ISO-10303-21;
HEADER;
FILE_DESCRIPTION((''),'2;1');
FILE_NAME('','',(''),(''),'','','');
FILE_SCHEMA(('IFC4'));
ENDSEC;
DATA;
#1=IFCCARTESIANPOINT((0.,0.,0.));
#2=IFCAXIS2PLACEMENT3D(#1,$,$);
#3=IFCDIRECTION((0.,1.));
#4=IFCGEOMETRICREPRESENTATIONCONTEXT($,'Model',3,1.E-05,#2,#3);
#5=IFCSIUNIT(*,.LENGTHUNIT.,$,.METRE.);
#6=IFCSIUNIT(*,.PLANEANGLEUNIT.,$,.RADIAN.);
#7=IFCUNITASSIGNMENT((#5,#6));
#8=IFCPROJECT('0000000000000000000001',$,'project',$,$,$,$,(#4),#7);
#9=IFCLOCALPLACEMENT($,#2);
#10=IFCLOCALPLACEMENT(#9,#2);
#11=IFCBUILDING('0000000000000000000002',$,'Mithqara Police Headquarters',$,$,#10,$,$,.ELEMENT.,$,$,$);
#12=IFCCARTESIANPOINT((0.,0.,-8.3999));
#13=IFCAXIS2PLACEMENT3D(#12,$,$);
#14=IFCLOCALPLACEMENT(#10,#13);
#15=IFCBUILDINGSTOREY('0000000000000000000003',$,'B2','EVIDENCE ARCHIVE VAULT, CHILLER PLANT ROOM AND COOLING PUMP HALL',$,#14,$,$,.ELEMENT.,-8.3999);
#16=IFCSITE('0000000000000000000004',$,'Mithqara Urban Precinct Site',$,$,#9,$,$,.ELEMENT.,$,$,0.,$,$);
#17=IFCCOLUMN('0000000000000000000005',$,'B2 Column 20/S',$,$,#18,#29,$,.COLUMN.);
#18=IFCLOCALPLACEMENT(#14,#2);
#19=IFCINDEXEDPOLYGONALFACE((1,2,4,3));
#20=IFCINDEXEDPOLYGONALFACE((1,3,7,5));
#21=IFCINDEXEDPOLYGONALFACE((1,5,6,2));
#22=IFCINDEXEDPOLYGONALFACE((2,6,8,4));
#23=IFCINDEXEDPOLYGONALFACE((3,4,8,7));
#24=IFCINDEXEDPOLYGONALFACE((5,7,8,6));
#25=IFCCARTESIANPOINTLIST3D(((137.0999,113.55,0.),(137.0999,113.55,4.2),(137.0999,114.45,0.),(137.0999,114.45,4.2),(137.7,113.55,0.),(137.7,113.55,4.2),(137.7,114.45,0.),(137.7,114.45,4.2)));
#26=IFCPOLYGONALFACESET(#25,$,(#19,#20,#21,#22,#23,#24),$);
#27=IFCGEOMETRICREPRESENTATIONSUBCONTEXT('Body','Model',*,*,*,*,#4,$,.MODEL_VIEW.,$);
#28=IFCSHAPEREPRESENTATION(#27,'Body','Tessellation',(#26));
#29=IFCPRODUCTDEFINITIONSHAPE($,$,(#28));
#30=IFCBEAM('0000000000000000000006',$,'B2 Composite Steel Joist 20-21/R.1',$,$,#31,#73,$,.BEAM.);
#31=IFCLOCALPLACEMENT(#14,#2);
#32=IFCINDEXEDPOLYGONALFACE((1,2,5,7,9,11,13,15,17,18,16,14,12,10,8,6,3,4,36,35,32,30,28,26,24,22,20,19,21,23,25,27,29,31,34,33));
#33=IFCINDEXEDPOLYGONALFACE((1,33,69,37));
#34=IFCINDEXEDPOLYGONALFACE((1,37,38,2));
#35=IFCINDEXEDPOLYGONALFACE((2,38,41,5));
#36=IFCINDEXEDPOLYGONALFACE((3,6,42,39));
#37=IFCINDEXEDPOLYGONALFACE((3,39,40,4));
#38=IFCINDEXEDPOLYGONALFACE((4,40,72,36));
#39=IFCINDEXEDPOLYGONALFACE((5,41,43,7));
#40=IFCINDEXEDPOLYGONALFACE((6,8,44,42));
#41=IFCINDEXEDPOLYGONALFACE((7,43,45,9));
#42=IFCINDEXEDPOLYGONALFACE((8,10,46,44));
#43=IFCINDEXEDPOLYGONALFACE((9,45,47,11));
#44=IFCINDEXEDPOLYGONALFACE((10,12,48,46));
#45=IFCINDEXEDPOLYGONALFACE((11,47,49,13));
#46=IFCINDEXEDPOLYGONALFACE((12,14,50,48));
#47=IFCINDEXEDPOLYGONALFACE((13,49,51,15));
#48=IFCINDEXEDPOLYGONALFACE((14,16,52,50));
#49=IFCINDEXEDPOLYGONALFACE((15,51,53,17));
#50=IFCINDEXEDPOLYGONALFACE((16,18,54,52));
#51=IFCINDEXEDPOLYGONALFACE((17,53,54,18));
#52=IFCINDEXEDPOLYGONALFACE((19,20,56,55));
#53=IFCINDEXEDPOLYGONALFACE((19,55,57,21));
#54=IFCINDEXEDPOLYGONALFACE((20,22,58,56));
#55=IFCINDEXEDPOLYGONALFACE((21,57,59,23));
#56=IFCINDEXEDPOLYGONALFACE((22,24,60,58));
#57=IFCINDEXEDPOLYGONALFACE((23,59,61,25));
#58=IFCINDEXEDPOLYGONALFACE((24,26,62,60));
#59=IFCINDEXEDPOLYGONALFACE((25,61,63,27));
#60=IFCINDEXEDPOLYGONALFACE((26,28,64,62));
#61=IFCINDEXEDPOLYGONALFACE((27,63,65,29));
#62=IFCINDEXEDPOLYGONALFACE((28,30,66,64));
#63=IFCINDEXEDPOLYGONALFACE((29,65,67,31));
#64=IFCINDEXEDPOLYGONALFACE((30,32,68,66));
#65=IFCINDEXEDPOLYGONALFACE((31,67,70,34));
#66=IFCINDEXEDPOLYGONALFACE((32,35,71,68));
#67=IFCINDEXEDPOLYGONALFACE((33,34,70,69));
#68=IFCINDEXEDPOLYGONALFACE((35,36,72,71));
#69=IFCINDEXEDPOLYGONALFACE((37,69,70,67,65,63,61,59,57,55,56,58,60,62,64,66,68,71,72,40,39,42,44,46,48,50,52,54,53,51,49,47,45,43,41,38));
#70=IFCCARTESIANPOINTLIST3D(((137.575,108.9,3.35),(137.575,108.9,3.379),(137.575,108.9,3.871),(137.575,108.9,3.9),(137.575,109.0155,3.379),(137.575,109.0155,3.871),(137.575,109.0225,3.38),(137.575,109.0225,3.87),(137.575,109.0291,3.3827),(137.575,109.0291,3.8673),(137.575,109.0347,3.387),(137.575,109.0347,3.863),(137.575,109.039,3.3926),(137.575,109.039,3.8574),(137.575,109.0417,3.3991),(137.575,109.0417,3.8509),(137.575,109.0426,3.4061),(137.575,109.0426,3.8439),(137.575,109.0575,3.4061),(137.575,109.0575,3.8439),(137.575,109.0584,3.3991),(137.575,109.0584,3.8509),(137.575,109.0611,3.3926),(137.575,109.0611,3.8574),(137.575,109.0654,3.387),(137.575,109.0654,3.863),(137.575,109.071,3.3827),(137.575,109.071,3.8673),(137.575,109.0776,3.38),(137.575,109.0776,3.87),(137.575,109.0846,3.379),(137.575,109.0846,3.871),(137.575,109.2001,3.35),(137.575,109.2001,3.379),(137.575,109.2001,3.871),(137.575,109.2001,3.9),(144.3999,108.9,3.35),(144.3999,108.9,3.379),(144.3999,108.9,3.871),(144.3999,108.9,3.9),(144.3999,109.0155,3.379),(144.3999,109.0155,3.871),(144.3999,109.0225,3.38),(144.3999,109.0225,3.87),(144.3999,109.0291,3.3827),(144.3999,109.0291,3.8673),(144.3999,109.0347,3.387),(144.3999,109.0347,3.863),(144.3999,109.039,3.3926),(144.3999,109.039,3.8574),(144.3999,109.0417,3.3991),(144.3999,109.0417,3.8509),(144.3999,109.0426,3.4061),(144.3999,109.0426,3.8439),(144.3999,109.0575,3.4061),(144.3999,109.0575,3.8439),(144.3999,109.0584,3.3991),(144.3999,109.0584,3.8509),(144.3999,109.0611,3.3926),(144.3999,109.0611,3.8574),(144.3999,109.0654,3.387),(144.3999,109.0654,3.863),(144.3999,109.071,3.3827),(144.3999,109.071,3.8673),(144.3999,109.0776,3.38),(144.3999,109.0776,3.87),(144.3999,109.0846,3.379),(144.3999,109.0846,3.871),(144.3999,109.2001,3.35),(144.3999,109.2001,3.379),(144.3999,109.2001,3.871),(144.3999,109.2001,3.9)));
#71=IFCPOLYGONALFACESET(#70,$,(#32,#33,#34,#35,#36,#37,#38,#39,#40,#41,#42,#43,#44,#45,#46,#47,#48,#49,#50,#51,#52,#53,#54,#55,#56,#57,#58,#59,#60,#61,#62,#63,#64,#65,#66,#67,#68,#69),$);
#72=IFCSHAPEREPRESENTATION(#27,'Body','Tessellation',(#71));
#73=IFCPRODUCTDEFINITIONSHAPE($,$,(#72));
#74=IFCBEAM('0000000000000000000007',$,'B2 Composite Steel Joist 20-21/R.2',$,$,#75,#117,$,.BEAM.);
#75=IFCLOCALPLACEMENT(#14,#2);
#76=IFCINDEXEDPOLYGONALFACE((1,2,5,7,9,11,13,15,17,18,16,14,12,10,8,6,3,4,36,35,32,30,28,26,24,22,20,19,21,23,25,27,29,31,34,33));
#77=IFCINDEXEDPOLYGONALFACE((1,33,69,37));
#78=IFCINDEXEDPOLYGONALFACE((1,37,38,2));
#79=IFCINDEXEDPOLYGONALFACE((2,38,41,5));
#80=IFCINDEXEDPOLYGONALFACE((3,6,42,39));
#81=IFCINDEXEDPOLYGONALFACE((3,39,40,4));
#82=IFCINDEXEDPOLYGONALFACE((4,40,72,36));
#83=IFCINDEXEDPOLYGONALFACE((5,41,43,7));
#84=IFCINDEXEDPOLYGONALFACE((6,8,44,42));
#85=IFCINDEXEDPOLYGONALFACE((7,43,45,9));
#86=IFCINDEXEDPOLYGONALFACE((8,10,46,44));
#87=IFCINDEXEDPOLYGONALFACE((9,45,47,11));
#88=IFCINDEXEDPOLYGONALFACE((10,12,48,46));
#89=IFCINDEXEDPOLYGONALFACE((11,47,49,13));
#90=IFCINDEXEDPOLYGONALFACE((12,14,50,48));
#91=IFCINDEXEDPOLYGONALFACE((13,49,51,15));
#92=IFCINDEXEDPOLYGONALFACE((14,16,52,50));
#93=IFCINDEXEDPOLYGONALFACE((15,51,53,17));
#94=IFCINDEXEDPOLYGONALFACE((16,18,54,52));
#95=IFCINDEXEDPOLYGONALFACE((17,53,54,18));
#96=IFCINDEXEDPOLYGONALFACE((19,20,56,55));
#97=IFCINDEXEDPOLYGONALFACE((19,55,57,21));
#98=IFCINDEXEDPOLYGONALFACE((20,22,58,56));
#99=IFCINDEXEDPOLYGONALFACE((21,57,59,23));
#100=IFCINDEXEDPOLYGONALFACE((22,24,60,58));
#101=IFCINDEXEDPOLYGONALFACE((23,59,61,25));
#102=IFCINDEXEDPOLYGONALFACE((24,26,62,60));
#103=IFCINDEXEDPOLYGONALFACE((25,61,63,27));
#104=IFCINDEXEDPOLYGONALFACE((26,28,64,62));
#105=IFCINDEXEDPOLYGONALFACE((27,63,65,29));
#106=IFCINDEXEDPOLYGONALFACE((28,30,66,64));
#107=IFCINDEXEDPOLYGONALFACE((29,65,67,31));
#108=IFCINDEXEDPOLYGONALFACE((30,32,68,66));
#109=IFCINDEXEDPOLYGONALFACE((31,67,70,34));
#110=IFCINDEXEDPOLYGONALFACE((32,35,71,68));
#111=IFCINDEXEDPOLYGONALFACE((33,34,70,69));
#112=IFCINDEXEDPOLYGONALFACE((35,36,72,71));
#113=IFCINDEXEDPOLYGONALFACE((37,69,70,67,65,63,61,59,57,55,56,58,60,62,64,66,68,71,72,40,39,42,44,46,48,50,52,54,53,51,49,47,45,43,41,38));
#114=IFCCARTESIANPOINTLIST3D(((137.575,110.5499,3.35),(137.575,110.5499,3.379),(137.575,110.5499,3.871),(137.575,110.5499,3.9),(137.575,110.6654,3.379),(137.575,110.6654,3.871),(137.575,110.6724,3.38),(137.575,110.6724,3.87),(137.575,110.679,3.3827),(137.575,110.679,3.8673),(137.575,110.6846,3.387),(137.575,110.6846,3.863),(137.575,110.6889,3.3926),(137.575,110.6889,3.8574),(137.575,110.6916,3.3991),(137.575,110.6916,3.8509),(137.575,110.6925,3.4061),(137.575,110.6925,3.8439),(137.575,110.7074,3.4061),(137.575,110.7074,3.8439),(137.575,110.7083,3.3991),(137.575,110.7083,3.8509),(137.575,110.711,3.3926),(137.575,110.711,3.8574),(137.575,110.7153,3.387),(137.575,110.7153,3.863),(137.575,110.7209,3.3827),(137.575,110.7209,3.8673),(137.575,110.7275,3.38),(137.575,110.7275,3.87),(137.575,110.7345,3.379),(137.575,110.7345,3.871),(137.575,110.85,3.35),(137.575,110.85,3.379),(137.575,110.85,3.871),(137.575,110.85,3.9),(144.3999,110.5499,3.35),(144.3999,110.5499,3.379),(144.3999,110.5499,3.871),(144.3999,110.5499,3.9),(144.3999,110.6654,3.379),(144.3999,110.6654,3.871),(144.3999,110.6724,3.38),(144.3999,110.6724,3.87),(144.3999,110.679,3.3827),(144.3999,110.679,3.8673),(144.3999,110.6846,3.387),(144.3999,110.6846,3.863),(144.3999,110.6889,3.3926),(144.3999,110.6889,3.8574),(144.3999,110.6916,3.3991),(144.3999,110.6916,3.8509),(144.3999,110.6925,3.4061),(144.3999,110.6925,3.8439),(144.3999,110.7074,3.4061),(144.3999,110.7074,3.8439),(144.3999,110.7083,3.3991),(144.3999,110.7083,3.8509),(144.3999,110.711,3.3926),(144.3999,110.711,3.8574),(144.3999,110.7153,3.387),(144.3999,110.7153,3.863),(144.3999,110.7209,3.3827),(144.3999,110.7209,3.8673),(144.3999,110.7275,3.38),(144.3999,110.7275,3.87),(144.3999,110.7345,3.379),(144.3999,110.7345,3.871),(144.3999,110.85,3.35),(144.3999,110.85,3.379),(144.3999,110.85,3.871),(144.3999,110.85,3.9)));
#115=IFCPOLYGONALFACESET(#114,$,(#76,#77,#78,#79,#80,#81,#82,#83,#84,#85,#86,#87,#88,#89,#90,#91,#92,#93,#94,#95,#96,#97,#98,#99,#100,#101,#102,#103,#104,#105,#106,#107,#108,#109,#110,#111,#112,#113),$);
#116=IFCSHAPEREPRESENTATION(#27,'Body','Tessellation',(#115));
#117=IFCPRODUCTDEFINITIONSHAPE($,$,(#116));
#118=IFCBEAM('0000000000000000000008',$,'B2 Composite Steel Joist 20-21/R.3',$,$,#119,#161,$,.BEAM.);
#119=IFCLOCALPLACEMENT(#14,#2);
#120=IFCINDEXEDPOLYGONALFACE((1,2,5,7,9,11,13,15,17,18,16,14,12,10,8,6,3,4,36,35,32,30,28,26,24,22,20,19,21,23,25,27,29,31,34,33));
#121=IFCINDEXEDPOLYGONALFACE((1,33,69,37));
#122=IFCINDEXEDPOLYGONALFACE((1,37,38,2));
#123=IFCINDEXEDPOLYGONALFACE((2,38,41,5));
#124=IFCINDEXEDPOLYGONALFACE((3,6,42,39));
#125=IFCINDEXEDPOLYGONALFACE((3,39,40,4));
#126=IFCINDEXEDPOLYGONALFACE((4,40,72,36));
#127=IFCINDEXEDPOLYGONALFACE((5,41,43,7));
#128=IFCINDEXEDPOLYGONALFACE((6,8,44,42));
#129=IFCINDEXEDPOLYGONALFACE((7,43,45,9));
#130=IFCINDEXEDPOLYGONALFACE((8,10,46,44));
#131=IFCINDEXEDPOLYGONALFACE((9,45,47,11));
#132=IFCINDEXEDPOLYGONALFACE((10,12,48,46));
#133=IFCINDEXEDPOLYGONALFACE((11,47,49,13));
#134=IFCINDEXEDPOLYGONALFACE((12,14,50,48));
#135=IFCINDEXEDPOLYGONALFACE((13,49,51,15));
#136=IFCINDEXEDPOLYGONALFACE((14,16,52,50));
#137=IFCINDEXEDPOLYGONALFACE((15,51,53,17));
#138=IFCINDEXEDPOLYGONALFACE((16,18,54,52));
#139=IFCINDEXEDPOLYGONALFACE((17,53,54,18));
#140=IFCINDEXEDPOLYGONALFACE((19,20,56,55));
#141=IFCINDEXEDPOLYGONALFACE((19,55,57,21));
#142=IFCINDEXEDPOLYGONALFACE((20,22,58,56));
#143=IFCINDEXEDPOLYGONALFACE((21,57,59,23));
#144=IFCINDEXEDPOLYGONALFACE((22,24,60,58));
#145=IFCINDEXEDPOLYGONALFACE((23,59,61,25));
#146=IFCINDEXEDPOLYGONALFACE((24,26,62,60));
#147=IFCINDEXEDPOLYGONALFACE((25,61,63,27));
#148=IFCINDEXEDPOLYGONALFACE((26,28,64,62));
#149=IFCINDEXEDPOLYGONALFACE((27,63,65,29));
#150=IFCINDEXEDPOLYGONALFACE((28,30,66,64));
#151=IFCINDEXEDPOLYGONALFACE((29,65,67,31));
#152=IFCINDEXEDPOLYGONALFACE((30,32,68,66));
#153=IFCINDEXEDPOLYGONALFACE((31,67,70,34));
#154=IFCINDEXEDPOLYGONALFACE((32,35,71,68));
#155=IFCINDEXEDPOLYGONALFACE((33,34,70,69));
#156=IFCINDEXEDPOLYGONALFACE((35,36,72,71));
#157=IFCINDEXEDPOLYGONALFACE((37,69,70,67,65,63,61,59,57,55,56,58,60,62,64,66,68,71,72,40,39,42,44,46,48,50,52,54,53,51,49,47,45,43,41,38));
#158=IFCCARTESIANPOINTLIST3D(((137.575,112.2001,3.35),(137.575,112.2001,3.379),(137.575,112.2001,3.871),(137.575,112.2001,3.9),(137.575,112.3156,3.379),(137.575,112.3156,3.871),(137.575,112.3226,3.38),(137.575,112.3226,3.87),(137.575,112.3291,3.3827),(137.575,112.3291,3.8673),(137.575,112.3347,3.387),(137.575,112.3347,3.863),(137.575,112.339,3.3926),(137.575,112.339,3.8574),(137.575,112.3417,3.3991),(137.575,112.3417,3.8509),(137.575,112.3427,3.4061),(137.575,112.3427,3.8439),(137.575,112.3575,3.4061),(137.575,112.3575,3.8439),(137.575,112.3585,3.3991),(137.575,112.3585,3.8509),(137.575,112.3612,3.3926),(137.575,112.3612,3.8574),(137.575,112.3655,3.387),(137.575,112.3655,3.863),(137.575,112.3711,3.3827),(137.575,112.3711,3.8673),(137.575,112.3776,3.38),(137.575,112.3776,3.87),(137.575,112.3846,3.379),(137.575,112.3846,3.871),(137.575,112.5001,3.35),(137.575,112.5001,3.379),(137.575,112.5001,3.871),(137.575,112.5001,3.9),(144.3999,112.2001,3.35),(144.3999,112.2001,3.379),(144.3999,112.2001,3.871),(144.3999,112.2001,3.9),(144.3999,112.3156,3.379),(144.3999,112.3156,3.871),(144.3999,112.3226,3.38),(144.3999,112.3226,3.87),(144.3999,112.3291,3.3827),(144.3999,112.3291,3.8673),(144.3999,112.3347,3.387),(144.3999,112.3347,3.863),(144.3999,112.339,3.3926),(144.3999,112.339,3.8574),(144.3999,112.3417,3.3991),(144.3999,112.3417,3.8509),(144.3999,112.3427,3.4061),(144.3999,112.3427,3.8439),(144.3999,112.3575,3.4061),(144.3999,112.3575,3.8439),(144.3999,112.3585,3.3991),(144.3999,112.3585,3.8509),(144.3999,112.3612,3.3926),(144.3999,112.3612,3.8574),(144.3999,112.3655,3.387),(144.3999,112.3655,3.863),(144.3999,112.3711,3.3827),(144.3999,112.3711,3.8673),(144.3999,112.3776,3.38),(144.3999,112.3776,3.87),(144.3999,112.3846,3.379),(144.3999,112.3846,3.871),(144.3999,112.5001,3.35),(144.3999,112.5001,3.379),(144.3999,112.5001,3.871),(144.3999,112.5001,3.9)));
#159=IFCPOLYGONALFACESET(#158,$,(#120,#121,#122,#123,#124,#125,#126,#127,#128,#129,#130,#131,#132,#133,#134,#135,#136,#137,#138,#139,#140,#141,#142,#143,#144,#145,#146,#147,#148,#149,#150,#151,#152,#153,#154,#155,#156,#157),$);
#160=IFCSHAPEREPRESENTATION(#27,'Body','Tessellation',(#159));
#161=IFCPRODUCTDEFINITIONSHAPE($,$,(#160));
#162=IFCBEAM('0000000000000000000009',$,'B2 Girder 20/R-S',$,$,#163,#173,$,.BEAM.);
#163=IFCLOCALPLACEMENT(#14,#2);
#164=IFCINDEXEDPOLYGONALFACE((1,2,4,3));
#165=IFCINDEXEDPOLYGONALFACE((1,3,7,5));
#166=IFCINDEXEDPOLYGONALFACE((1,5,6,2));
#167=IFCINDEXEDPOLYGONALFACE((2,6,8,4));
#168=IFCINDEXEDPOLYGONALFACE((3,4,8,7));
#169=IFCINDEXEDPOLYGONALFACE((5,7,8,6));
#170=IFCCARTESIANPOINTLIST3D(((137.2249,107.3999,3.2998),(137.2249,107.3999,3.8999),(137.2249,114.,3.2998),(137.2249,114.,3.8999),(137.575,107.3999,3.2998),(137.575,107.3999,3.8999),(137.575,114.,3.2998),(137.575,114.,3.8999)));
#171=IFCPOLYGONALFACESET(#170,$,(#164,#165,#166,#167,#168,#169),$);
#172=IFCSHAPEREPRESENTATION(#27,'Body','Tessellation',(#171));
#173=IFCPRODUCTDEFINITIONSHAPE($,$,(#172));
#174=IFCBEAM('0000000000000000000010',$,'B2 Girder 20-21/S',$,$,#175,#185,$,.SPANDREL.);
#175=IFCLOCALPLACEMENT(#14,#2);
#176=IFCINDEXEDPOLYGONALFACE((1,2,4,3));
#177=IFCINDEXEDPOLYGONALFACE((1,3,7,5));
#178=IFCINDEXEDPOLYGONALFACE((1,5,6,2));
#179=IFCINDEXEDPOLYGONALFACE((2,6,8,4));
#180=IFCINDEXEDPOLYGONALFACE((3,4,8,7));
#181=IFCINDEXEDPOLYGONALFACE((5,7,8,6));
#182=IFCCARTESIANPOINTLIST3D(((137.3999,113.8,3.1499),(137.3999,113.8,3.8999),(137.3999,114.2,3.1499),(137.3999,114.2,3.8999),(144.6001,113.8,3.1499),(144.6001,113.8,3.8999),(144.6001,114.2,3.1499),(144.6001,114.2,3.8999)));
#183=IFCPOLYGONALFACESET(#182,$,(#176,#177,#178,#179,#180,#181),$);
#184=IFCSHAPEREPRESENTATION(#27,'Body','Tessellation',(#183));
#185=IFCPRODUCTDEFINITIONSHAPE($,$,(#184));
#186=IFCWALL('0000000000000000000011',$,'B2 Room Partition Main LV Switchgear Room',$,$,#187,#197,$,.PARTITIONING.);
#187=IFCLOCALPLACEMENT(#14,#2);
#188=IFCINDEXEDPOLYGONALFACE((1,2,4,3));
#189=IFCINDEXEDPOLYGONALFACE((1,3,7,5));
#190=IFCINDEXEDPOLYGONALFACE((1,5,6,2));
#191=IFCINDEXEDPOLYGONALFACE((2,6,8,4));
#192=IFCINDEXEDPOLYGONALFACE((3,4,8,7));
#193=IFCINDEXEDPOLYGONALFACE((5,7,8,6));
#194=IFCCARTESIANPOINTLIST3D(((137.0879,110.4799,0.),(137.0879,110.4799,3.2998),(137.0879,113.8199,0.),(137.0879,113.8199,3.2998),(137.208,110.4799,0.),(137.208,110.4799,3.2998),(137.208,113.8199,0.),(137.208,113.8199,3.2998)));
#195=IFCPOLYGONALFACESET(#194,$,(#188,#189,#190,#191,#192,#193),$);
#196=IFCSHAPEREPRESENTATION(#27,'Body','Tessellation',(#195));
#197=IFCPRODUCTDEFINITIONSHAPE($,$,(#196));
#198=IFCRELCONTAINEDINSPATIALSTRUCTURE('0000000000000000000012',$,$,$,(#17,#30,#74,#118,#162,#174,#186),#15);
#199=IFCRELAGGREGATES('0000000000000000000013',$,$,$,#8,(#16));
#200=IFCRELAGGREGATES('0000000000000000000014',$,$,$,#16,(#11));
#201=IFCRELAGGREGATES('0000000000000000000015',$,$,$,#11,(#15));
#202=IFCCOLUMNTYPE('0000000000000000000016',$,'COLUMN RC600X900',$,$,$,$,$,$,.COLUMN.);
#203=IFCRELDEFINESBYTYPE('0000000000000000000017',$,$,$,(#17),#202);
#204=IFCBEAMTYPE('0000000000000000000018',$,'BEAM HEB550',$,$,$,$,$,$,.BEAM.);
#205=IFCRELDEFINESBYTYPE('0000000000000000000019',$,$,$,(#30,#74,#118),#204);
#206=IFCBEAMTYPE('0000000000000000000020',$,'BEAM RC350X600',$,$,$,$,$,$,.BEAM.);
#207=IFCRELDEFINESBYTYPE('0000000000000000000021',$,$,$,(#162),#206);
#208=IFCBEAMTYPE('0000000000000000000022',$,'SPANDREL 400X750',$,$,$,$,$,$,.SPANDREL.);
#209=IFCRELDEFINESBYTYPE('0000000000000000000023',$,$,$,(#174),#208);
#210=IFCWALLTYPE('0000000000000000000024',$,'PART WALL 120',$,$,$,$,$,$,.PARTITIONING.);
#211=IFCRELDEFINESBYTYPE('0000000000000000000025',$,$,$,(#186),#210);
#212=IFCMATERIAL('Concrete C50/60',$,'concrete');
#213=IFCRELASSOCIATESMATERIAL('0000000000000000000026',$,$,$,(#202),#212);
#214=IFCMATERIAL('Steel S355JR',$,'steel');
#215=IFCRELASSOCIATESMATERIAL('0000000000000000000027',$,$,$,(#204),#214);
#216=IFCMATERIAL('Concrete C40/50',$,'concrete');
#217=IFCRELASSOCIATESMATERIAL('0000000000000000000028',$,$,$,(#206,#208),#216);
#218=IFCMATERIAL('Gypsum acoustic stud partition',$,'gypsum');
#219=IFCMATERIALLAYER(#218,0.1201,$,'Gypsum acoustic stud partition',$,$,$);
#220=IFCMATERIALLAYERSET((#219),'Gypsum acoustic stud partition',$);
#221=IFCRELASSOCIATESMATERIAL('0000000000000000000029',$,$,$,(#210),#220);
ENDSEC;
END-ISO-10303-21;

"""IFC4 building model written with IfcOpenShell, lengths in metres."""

from ifc_helpers import new_model, si_unit, direction, frame, frame_2d, origin, origin_2d, place, context, subcontext, project, spatial, rectangle, i_section, extrude, material, layer, layer_set, material_profile, profile_set, type_object, element, save


model = new_model("IFC4")

# Units and contexts
model_context = context("Model", 3, precision=1e-05, world=origin(), true_north=direction((0.0, 1.0)))
body_context = subcontext(model_context, "Body", "Model", "MODEL_VIEW")
ifc_project = project(units=[si_unit("LENGTHUNIT", "METRE"), si_unit("PLANEANGLEUNIT", "RADIAN")], contexts=[model_context])

# Site, building, storey
site_placement = place(None, origin())
site = spatial("IfcSite", under=ifc_project, at=site_placement, Name="Mithqara Urban Precinct Site", CompositionType="ELEMENT", RefElevation=0.0)
building_placement = place(site_placement, origin())
building = spatial("IfcBuilding", under=site, at=building_placement, Name="Mithqara Police Headquarters", CompositionType="ELEMENT")
storey_placement = place(building_placement, frame((0.0, 0.0, -8.3999)))
storey = spatial("IfcBuildingStorey", under=building, at=storey_placement, Name="B2", Description="EVIDENCE ARCHIVE VAULT, CHILLER PLANT ROOM AND COOLING PUMP HALL", CompositionType="ELEMENT", Elevation=-8.3999)

# Shared definitions
ifc_material_1 = material(Name="Concrete C40/50", Category="concrete")

# Column
ifc_material_2 = material(Name="Concrete C50/60", Category="concrete")
ifc_material_profile_1 = material_profile(ifc_material_2, rectangle(XDim=0.6001, YDim=0.8999, at=origin_2d()), Name="RC 600x900")
ifc_profile_set_1 = profile_set([ifc_material_profile_1], Name="Concrete C50/60")
column_type = type_object("IfcColumnType", Name="COLUMN RC600X900", PredefinedType="COLUMN", material=ifc_profile_set_1)
column_placement = place(storey_placement, frame((137.3999, 114.0, 0.0), z_axis=(0.0, 0.0, 1.0), x_axis=(1.0, 0.0, 0.0)))
element("IfcColumn", 1, at=column_placement, inside=storey, type_object=column_type, Name="B2 Column 20/S", PredefinedType="COLUMN", context=body_context, shape_type="SweptSolid", body=[
    extrude(rectangle(XDim=0.6001, YDim=0.8999, at=origin_2d()), origin(), (0.0, 0.0, 1.0), 4.2),
])

# Beams
ifc_material_3 = material(Name="Steel S355JR", Category="steel")
ifc_material_profile_2 = material_profile(ifc_material_3, i_section(OverallWidth=0.3, OverallDepth=0.55, WebThickness=0.0149, FlangeThickness=0.0291, FilletRadius=0.0271, at=origin_2d()), Name="HEB 550")
ifc_profile_set_2 = profile_set([ifc_material_profile_2], Name="Steel S355JR")
beam_type_1 = type_object("IfcBeamType", Name="BEAM HEB550", PredefinedType="BEAM", material=ifc_profile_set_2)
for number, where, z_axis, x_axis, name in (
    (2, (137.575, 109.05, 3.625), (1.0, 0.0, 0.0), (0.0, 1.0, 0.0), "B2 Composite Steel Joist 20-21/R.1"),
    (3, (137.575, 110.7, 3.625), (1.0, 0.0, 0.0), (0.0, 1.0, 0.0), "B2 Composite Steel Joist 20-21/R.2"),
    (4, (137.575, 112.3501, 3.625), (1.0, 0.0, 0.0), (0.0, 1.0, 0.0), "B2 Composite Steel Joist 20-21/R.3"),
):
    element("IfcBeam", number, at=place(storey_placement, frame(where, z_axis=z_axis, x_axis=x_axis)), inside=storey, type_object=beam_type_1, Name=name, PredefinedType="BEAM", context=body_context, shape_type="SweptSolid", body=[
        extrude(i_section(OverallWidth=0.3, OverallDepth=0.55, WebThickness=0.0149, FlangeThickness=0.0291, FilletRadius=0.0271, at=origin_2d()), origin(), (0.0, 0.0, 1.0), 6.825),
    ])
ifc_material_profile_3 = material_profile(ifc_material_1, rectangle(XDim=0.3501, YDim=0.6001, at=origin_2d()), Name="RC 350x600")
ifc_profile_set_3 = profile_set([ifc_material_profile_3], Name="Concrete C40/50")
beam_type_2 = type_object("IfcBeamType", Name="BEAM RC350X600", PredefinedType="BEAM", material=ifc_profile_set_3)
beam_1_placement = place(storey_placement, frame((137.3999, 107.3999, 3.5999), z_axis=(0.0, 1.0, 0.0), x_axis=(-1.0, 0.0, 0.0)))
element("IfcBeam", 5, at=beam_1_placement, inside=storey, type_object=beam_type_2, Name="B2 Girder 20/R-S", PredefinedType="BEAM", context=body_context, shape_type="SweptSolid", body=[
    extrude(rectangle(XDim=0.3501, YDim=0.6001, at=origin_2d()), origin(), (0.0, 0.0, 1.0), 6.6001),
])
ifc_material_profile_4 = material_profile(ifc_material_1, rectangle(XDim=0.3999, YDim=0.75, at=origin_2d()), Name="SPB 400x750")
ifc_profile_set_4 = profile_set([ifc_material_profile_4], Name="Concrete C40/50")
beam_type_3 = type_object("IfcBeamType", Name="SPANDREL 400X750", PredefinedType="SPANDREL", material=ifc_profile_set_4)
beam_2_placement = place(storey_placement, frame((137.3999, 114.0, 3.5249), z_axis=(1.0, 0.0, 0.0), x_axis=(0.0, 1.0, 0.0)))
element("IfcBeam", 6, at=beam_2_placement, inside=storey, type_object=beam_type_3, Name="B2 Girder 20-21/S", PredefinedType="SPANDREL", context=body_context, shape_type="SweptSolid", body=[
    extrude(rectangle(XDim=0.3999, YDim=0.75, at=origin_2d()), origin(), (0.0, 0.0, 1.0), 7.2002),
])

# Wall
ifc_material_4 = material(Name="Gypsum acoustic stud partition", Category="gypsum")
ifc_layer = layer(ifc_material_4, 0.1201, Name="Gypsum acoustic stud partition")
ifc_layer_set = layer_set([ifc_layer], Name="Gypsum acoustic stud partition")
wall_type = type_object("IfcWallType", Name="PART WALL 120", PredefinedType="PARTITIONING", material=ifc_layer_set)
wall_1_placement = place(storey_placement, frame((137.1479, 110.48, 0.0), z_axis=(0.0, 0.0, 1.0), x_axis=(0.0, 1.0, 0.0)))
element("IfcWall", 7, at=wall_1_placement, inside=storey, type_object=wall_type, Name="B2 Room Partition Main LV Switchgear Room", PredefinedType="PARTITIONING", context=body_context, shape_type="SweptSolid", body=[
    extrude(rectangle(XDim=3.3401, YDim=0.1201, at=frame_2d((1.6699, 0.0))), origin(), (0.0, 0.0, 1.0), 3.2998),
])

save(model, "model.ifc")
